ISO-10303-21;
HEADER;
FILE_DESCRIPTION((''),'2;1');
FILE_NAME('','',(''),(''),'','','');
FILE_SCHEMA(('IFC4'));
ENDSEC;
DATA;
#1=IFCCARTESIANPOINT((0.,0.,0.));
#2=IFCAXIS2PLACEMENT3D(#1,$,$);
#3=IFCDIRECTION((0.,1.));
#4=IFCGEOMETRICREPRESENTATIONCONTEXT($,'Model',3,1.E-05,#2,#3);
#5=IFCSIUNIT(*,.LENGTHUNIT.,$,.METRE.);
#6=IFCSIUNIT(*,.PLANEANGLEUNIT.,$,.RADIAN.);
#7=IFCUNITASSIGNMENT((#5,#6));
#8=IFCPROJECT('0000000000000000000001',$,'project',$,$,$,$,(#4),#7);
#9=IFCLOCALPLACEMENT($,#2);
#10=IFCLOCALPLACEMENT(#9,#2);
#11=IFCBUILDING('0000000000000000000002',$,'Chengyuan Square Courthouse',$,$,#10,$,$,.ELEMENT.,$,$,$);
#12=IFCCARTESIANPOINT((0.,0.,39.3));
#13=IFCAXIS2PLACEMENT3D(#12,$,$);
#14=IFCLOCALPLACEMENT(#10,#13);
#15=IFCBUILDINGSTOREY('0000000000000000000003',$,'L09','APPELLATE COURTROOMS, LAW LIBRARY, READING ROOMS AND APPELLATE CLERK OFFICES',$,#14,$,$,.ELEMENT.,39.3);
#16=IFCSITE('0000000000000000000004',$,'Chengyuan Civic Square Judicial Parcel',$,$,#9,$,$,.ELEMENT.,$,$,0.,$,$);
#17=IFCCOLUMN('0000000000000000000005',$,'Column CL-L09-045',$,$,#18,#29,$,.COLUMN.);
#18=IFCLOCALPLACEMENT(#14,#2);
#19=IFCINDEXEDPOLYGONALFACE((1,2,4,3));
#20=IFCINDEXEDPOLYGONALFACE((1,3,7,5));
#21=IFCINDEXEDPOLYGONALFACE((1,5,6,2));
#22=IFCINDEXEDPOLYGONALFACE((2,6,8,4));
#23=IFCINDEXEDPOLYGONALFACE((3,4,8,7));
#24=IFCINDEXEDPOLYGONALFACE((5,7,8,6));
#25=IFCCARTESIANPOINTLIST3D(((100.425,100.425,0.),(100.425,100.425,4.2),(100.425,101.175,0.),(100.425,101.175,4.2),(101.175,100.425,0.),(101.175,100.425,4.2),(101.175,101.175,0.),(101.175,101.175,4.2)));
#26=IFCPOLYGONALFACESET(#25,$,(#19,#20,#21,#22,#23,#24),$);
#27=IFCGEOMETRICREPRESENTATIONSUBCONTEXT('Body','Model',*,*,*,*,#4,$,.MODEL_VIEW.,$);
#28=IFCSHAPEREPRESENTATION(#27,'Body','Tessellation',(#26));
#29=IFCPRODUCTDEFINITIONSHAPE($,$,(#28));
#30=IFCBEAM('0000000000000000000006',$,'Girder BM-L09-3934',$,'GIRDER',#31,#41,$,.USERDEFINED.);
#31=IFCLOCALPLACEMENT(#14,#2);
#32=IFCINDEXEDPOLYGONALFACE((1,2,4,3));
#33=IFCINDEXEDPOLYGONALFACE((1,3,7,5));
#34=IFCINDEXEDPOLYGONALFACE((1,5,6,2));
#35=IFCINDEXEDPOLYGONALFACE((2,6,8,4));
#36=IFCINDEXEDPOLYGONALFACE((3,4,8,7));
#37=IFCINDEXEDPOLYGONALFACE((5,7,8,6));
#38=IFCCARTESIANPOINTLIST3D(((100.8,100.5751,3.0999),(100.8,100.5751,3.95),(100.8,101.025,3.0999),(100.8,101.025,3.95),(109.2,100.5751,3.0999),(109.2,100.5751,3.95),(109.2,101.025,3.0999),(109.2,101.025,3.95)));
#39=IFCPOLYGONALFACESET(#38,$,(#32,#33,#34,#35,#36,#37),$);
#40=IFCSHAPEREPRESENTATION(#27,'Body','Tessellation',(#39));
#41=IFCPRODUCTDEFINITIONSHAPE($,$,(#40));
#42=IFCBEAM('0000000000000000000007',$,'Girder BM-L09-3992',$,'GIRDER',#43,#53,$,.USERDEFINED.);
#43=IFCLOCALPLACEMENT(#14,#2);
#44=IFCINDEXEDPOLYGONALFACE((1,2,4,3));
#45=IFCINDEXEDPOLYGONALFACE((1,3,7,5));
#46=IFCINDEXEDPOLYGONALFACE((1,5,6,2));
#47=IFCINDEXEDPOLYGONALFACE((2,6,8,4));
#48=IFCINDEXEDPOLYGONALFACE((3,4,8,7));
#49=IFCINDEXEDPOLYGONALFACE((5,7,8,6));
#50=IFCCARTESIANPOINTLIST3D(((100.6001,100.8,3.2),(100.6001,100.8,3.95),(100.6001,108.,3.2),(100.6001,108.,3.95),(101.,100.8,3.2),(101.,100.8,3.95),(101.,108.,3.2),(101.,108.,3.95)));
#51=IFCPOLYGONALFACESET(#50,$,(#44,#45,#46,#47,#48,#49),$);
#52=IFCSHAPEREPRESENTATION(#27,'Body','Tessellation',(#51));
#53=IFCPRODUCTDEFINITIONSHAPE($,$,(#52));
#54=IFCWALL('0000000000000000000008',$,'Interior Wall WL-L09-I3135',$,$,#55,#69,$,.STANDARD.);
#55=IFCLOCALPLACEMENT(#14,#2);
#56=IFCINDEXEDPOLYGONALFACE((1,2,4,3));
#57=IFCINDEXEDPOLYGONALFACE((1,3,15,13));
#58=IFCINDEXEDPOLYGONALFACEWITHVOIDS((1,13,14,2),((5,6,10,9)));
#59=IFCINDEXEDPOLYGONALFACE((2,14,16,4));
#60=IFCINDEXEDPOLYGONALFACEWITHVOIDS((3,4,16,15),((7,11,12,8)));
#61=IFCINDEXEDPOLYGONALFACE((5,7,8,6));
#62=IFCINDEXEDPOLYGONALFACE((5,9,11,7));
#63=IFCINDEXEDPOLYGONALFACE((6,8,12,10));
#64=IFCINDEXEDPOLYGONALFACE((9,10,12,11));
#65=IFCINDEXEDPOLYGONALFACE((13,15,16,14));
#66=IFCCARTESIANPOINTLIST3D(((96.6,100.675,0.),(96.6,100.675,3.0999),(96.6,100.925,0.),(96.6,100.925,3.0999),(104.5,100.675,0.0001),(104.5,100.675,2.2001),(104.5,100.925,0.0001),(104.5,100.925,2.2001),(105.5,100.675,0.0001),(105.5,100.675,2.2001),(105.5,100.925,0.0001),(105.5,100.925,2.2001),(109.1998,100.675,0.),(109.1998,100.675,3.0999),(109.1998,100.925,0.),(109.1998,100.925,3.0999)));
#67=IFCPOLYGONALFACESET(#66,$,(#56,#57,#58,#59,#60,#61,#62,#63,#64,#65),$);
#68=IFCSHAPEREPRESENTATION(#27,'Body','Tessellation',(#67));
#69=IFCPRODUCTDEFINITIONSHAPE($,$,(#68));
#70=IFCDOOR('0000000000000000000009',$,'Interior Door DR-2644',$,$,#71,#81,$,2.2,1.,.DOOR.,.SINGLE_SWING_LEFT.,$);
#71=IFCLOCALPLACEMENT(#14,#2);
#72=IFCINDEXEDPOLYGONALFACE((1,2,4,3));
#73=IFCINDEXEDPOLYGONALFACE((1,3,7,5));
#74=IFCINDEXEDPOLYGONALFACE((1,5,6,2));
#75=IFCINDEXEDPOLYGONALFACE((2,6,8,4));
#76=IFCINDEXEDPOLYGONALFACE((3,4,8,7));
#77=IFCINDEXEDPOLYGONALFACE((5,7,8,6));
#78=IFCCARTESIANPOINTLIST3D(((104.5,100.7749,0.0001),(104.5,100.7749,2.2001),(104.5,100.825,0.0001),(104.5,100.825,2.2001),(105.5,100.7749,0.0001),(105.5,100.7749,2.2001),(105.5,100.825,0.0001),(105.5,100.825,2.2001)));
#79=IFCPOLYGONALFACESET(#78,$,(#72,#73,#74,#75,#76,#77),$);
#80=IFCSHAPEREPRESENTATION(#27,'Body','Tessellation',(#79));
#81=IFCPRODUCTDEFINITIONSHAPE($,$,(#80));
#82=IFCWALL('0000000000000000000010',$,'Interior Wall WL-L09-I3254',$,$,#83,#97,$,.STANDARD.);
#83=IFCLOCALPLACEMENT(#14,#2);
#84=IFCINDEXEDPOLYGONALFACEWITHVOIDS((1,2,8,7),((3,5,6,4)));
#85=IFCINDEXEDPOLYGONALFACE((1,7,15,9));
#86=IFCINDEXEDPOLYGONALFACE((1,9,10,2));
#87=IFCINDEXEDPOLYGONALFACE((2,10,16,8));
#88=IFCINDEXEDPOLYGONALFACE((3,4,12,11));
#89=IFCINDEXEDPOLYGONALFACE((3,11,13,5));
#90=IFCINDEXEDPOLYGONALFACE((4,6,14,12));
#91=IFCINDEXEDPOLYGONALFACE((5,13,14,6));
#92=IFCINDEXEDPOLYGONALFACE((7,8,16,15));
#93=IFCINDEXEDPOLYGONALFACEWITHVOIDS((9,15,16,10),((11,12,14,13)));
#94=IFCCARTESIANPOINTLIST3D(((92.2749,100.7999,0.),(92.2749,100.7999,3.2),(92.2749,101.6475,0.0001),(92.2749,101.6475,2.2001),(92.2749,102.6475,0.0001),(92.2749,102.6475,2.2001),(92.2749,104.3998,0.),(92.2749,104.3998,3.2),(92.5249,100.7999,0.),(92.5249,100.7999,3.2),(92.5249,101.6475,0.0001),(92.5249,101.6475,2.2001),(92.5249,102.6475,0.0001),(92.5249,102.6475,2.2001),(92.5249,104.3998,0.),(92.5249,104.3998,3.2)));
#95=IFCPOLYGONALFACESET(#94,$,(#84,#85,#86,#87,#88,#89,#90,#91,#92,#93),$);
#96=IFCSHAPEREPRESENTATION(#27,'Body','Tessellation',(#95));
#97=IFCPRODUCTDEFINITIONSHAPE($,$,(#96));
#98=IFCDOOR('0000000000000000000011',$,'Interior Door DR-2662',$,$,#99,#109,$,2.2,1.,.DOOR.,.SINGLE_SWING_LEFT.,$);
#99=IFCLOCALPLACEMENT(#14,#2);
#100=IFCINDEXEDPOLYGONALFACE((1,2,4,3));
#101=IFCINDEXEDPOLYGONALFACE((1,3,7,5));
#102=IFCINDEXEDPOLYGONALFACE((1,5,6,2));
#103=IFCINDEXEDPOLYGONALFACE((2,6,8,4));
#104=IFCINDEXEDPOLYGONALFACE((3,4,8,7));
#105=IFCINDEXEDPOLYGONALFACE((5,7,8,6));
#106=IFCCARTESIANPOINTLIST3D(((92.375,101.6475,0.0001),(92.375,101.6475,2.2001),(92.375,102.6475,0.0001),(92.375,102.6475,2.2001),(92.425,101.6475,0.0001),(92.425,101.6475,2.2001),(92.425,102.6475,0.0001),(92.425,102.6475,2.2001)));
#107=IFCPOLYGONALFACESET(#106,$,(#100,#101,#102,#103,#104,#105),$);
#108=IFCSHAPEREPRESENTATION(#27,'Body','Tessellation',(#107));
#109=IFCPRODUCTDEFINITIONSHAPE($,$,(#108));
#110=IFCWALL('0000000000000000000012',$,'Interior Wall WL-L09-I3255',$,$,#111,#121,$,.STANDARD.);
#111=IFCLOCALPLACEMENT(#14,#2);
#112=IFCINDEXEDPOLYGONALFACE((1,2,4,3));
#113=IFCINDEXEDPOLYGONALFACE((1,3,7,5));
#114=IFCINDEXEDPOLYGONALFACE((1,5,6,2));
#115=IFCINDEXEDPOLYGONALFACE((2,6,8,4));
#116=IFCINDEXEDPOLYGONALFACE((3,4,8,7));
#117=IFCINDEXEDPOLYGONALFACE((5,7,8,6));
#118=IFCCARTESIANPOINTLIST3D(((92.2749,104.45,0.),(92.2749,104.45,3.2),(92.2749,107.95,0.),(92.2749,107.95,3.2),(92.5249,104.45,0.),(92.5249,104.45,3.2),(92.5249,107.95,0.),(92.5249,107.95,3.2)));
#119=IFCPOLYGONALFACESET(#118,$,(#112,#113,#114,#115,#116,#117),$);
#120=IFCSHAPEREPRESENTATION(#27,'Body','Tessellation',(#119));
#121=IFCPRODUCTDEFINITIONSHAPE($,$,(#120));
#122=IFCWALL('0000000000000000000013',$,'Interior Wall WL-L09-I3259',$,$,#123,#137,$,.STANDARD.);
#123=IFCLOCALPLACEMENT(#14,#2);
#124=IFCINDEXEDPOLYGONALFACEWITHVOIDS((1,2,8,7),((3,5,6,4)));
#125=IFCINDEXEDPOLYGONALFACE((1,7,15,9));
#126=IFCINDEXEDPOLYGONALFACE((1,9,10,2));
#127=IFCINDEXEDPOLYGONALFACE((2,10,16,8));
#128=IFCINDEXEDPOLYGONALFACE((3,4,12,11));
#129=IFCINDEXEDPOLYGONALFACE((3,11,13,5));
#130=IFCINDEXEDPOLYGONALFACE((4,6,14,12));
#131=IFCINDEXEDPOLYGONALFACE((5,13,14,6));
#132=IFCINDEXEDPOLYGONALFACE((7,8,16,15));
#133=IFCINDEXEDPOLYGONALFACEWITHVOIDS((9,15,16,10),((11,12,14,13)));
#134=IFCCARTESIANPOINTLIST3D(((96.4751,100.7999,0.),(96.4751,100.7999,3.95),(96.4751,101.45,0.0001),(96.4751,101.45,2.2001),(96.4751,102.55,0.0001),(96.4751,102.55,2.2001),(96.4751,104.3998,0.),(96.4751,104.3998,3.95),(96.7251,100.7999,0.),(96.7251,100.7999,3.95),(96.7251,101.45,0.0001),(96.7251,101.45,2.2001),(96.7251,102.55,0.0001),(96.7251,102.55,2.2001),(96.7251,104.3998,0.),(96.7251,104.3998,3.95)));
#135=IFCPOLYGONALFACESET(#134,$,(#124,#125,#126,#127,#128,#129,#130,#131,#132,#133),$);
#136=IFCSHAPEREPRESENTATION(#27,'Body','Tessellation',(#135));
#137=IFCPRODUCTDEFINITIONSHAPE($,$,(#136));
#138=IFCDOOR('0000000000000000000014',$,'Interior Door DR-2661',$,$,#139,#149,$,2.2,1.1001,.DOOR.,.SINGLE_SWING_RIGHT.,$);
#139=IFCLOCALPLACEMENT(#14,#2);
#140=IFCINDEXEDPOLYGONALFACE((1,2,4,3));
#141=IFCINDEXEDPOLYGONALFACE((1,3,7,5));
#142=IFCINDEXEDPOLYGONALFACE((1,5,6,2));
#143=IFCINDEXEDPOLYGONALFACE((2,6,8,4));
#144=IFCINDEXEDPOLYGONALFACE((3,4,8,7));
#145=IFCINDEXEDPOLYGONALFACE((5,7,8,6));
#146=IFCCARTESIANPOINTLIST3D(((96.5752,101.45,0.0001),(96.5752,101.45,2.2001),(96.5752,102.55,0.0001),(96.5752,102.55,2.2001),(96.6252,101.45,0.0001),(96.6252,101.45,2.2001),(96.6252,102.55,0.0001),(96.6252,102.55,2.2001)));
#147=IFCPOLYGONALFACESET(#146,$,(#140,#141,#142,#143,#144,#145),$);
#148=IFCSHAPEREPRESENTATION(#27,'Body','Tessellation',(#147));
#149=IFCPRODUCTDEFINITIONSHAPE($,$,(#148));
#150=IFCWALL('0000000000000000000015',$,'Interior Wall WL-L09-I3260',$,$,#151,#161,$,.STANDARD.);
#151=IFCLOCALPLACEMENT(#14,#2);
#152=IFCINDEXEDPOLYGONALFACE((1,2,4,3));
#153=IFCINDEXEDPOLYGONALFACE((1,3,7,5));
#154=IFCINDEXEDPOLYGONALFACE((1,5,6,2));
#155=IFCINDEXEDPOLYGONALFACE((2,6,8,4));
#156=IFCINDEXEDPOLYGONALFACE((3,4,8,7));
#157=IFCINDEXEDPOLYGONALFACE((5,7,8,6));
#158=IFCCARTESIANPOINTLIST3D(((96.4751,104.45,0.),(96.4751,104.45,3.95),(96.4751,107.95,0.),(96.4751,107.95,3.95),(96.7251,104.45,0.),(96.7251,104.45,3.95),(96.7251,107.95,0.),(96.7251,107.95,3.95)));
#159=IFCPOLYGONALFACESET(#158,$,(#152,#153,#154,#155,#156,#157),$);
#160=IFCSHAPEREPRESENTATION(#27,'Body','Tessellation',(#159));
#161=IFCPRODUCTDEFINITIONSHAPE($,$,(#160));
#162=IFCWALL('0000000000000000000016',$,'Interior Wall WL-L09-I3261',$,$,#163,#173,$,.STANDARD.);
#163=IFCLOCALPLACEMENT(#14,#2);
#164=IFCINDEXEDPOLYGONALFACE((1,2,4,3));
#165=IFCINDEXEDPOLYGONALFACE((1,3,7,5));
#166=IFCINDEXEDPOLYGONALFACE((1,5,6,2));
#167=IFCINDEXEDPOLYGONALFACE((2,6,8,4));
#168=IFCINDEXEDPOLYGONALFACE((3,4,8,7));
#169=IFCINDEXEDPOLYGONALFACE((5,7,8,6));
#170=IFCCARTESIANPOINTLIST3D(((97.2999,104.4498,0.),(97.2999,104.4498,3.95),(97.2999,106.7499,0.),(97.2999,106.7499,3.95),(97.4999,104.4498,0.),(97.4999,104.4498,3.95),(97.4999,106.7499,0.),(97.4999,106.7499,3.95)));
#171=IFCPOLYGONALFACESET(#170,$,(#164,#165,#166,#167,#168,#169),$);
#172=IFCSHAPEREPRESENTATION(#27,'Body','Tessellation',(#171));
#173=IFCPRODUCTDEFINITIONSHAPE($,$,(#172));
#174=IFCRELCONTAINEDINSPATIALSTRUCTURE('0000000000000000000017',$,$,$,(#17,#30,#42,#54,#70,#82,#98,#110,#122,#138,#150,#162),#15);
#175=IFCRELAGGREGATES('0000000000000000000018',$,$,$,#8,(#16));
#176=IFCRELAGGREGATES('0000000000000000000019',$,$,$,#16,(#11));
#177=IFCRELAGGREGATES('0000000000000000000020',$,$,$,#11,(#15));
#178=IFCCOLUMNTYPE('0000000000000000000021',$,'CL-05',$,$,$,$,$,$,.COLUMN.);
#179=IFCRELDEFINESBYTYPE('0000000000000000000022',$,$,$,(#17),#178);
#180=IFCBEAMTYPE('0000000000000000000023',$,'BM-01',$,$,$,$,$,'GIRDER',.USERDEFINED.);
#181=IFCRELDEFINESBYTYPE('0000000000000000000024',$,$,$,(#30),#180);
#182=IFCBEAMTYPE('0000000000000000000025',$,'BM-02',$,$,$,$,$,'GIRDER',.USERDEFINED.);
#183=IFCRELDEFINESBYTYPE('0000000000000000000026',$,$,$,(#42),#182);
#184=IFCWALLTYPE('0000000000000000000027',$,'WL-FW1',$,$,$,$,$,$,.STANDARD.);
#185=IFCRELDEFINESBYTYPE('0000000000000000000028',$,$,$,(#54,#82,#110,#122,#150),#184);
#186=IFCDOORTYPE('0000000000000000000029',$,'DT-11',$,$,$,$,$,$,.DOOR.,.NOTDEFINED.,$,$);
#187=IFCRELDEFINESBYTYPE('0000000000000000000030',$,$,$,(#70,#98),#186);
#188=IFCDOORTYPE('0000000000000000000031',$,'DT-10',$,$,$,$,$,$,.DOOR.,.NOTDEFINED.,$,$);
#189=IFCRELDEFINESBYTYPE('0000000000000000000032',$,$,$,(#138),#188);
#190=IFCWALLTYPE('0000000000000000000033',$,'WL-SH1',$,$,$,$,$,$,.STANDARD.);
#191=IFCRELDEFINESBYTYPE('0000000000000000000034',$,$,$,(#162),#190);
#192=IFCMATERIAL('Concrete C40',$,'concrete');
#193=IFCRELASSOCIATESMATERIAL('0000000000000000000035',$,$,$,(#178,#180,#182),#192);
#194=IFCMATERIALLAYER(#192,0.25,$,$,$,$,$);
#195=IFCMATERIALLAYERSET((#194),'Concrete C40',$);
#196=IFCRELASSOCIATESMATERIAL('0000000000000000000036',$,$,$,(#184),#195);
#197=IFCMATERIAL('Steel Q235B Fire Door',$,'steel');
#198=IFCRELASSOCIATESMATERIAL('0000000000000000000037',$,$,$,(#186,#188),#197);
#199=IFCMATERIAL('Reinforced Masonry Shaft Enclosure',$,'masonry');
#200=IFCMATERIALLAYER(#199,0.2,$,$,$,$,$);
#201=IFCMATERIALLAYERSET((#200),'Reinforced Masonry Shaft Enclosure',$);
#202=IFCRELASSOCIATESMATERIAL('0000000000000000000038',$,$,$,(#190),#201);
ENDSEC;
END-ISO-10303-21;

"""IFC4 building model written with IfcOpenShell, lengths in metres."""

from ifc_helpers import new_model, si_unit, direction, frame, frame_2d, origin, origin_2d, place, context, subcontext, project, spatial, rectangle, extrude, material, layer, layer_set, material_profile, profile_set, type_object, element, fill, save


model = new_model("IFC4")

# Units and contexts
model_context = context("Model", 3, precision=1e-05, world=origin(), true_north=direction((0.0, 1.0)))
body_context = subcontext(model_context, "Body", "Model", "MODEL_VIEW")
ifc_project = project(units=[si_unit("LENGTHUNIT", "METRE"), si_unit("PLANEANGLEUNIT", "RADIAN")], contexts=[model_context])

# Site, building, storey
site_placement = place(None, origin())
site = spatial("IfcSite", under=ifc_project, at=site_placement, Name="Chengyuan Civic Square Judicial Parcel", CompositionType="ELEMENT", RefElevation=0.0)
building_placement = place(site_placement, origin())
building = spatial("IfcBuilding", under=site, at=building_placement, Name="Chengyuan Square Courthouse", CompositionType="ELEMENT")
storey_placement = place(building_placement, frame((0.0, 0.0, 39.3)))
storey = spatial("IfcBuildingStorey", under=building, at=storey_placement, Name="L09", Description="APPELLATE COURTROOMS, LAW LIBRARY, READING ROOMS AND APPELLATE CLERK OFFICES", CompositionType="ELEMENT", Elevation=39.3)

# Column
ifc_material_1 = material(Name="Concrete C40", Category="concrete")
ifc_material_profile_1 = material_profile(ifc_material_1, rectangle(XDim=0.75, YDim=0.75, at=origin_2d()), Name="RC-COL-750x750")
ifc_profile_set_1 = profile_set([ifc_material_profile_1], Name="Concrete C40")
column_type = type_object("IfcColumnType", Name="CL-05", PredefinedType="COLUMN", material=ifc_profile_set_1)
column_placement = place(storey_placement, frame((100.8, 100.8, 0.0), z_axis=(0.0, 0.0, 1.0), x_axis=(1.0, 0.0, 0.0)))
element("IfcColumn", 1, at=column_placement, inside=storey, type_object=column_type, Name="Column CL-L09-045", PredefinedType="COLUMN", context=body_context, shape_type="SweptSolid", body=[
    extrude(rectangle(XDim=0.75, YDim=0.75, at=origin_2d()), origin(), (0.0, 0.0, 1.0), 4.2),
])

# Beams
ifc_material_profile_2 = material_profile(ifc_material_1, rectangle(XDim=0.45, YDim=0.8501, at=origin_2d()), Name="RC-BM-450x850")
ifc_profile_set_2 = profile_set([ifc_material_profile_2], Name="Concrete C40")
beam_type_1 = type_object("IfcBeamType", Name="BM-01", ElementType="GIRDER", PredefinedType="USERDEFINED", material=ifc_profile_set_2)
beam_1_placement = place(storey_placement, frame((100.8, 100.8, 3.5249), z_axis=(1.0, 0.0, 0.0), x_axis=(0.0, 1.0, 0.0)))
element("IfcBeam", 2, at=beam_1_placement, inside=storey, type_object=beam_type_1, Name="Girder BM-L09-3934", ObjectType="GIRDER", PredefinedType="USERDEFINED", context=body_context, shape_type="SweptSolid", body=[
    extrude(rectangle(XDim=0.45, YDim=0.8501, at=origin_2d()), origin(), (0.0, 0.0, 1.0), 8.3999),
])
ifc_material_profile_3 = material_profile(ifc_material_1, rectangle(XDim=0.3999, YDim=0.75, at=origin_2d()), Name="RC-BM-400x750")
ifc_profile_set_3 = profile_set([ifc_material_profile_3], Name="Concrete C40")
beam_type_2 = type_object("IfcBeamType", Name="BM-02", ElementType="GIRDER", PredefinedType="USERDEFINED", material=ifc_profile_set_3)
beam_2_placement = place(storey_placement, frame((100.8, 100.8, 3.575), z_axis=(0.0, 1.0, 0.0), x_axis=(-1.0, 0.0, 0.0)))
element("IfcBeam", 3, at=beam_2_placement, inside=storey, type_object=beam_type_2, Name="Girder BM-L09-3992", ObjectType="GIRDER", PredefinedType="USERDEFINED", context=body_context, shape_type="SweptSolid", body=[
    extrude(rectangle(XDim=0.3999, YDim=0.75, at=origin_2d()), origin(), (0.0, 0.0, 1.0), 7.2),
])

# Walls, openings, doors
ifc_layer_1 = layer(ifc_material_1, 0.25)
ifc_layer_set_1 = layer_set([ifc_layer_1], Name="Concrete C40")
wall_type_1 = type_object("IfcWallType", Name="WL-FW1", PredefinedType="STANDARD", material=ifc_layer_set_1)
wall_1_placement = place(storey_placement, frame((96.6001, 100.8, 0.0), z_axis=(0.0, 0.0, 1.0), x_axis=(1.0, 0.0, 0.0)))
wall_1 = element("IfcWall", 4, at=wall_1_placement, inside=storey, type_object=wall_type_1, Name="Interior Wall WL-L09-I3135", PredefinedType="STANDARD", context=body_context, shape_type="SweptSolid", body=[
    extrude(rectangle(XDim=12.5999, YDim=0.25, at=frame_2d((6.2998, 0.0))), origin(), (0.0, 0.0, 1.0), 3.0999),
])
opening_1_placement = place(wall_1_placement, frame((7.8999, 0.0, 0.0)))
opening_1 = element("IfcOpeningElement", 5, at=opening_1_placement, cuts=wall_1, PredefinedType="OPENING", context=body_context, shape_type="SweptSolid", body=[
    extrude(rectangle(XDim=1.0, YDim=2.2, at=frame_2d((0.5, 1.1001))), frame((0.0, 0.137, 0.0), z_axis=(0.0, -1.0, 0.0), x_axis=(1.0, 0.0, 0.0)), (0.0, 0.0, 1.0), 0.2739),
])
ifc_material_2 = material(Name="Steel Q235B Fire Door", Category="steel")
door_type_1 = type_object("IfcDoorType", Name="DT-11", OperationType="NOTDEFINED", PredefinedType="DOOR", material=ifc_material_2)
door_1_placement = place(opening_1_placement, origin())
door_1 = element("IfcDoor", 6, at=door_1_placement, inside=storey, type_object=door_type_1, Name="Interior Door DR-2644", OperationType="SINGLE_SWING_LEFT", OverallHeight=2.2, OverallWidth=1.0, PredefinedType="DOOR", context=body_context, shape_type="SweptSolid", body=[
    extrude(rectangle(XDim=1.0, YDim=2.2, at=frame_2d((0.5, 1.1001))), frame((0.0, 0.0249, 0.0), z_axis=(0.0, -1.0, 0.0), x_axis=(1.0, 0.0, 0.0)), (0.0, 0.0, 1.0), 0.05),
])
fill(opening_1, door_1)
wall_2_placement = place(storey_placement, frame((92.3999, 100.8, 0.0), z_axis=(0.0, 0.0, 1.0), x_axis=(0.0, 1.0, 0.0)))
wall_2 = element("IfcWall", 7, at=wall_2_placement, inside=storey, type_object=wall_type_1, Name="Interior Wall WL-L09-I3254", PredefinedType="STANDARD", context=body_context, shape_type="SweptSolid", body=[
    extrude(rectangle(XDim=3.5999, YDim=0.25, at=frame_2d((1.7998, 0.0))), origin(), (0.0, 0.0, 1.0), 3.2),
])
opening_2_placement = place(wall_2_placement, frame((0.8474, 0.0, 0.0)))
opening_2 = element("IfcOpeningElement", 8, at=opening_2_placement, cuts=wall_2, PredefinedType="OPENING", context=body_context, shape_type="SweptSolid", body=[
    extrude(rectangle(XDim=1.0, YDim=2.2, at=frame_2d((0.5, 1.1001))), frame((0.0, 0.137, 0.0), z_axis=(0.0, -1.0, 0.0), x_axis=(1.0, 0.0, 0.0)), (0.0, 0.0, 1.0), 0.2739),
])
door_2_placement = place(opening_2_placement, origin())
door_2 = element("IfcDoor", 9, at=door_2_placement, inside=storey, type_object=door_type_1, Name="Interior Door DR-2662", OperationType="SINGLE_SWING_LEFT", OverallHeight=2.2, OverallWidth=1.0, PredefinedType="DOOR", context=body_context, shape_type="SweptSolid", body=[
    extrude(rectangle(XDim=1.0, YDim=2.2, at=frame_2d((0.5, 1.1001))), frame((0.0, 0.0249, 0.0), z_axis=(0.0, -1.0, 0.0), x_axis=(1.0, 0.0, 0.0)), (0.0, 0.0, 1.0), 0.05),
])
fill(opening_2, door_2)

# Wall
wall_3_placement = place(storey_placement, frame((92.3999, 104.45, 0.0), z_axis=(0.0, 0.0, 1.0), x_axis=(0.0, 1.0, 0.0)))
element("IfcWall", 10, at=wall_3_placement, inside=storey, type_object=wall_type_1, Name="Interior Wall WL-L09-I3255", PredefinedType="STANDARD", context=body_context, shape_type="SweptSolid", body=[
    extrude(rectangle(XDim=3.5, YDim=0.25, at=frame_2d((1.75, 0.0))), origin(), (0.0, 0.0, 1.0), 3.2),
])

# Wall, opening, door
wall_4_placement = place(storey_placement, frame((96.6001, 100.8, 0.0), z_axis=(0.0, 0.0, 1.0), x_axis=(0.0, 1.0, 0.0)))
wall_4 = element("IfcWall", 11, at=wall_4_placement, inside=storey, type_object=wall_type_1, Name="Interior Wall WL-L09-I3259", PredefinedType="STANDARD", context=body_context, shape_type="SweptSolid", body=[
    extrude(rectangle(XDim=3.5999, YDim=0.25, at=frame_2d((1.7998, 0.0))), origin(), (0.0, 0.0, 1.0), 3.95),
])
opening_3_placement = place(wall_4_placement, frame((0.6499, 0.0, 0.0)))
opening_3 = element("IfcOpeningElement", 12, at=opening_3_placement, cuts=wall_4, PredefinedType="OPENING", context=body_context, shape_type="SweptSolid", body=[
    extrude(rectangle(XDim=1.1001, YDim=2.2, at=frame_2d((0.55, 1.1001))), frame((0.0, 0.137, 0.0), z_axis=(0.0, -1.0, 0.0), x_axis=(1.0, 0.0, 0.0)), (0.0, 0.0, 1.0), 0.2739),
])
door_type_2 = type_object("IfcDoorType", Name="DT-10", OperationType="NOTDEFINED", PredefinedType="DOOR", material=ifc_material_2)
door_3_placement = place(opening_3_placement, origin())
door_3 = element("IfcDoor", 13, at=door_3_placement, inside=storey, type_object=door_type_2, Name="Interior Door DR-2661", OperationType="SINGLE_SWING_RIGHT", OverallHeight=2.2, OverallWidth=1.1001, PredefinedType="DOOR", context=body_context, shape_type="SweptSolid", body=[
    extrude(rectangle(XDim=1.1001, YDim=2.2, at=frame_2d((0.55, 1.1001))), frame((0.0, 0.0249, 0.0), z_axis=(0.0, -1.0, 0.0), x_axis=(1.0, 0.0, 0.0)), (0.0, 0.0, 1.0), 0.05),
])
fill(opening_3, door_3)

# Wall
wall_5_placement = place(storey_placement, frame((96.6001, 104.45, 0.0), z_axis=(0.0, 0.0, 1.0), x_axis=(0.0, 1.0, 0.0)))
element("IfcWall", 14, at=wall_5_placement, inside=storey, type_object=wall_type_1, Name="Interior Wall WL-L09-I3260", PredefinedType="STANDARD", context=body_context, shape_type="SweptSolid", body=[
    extrude(rectangle(XDim=3.5, YDim=0.25, at=frame_2d((1.75, 0.0))), origin(), (0.0, 0.0, 1.0), 3.95),
])

# Shared definitions
ifc_material_3 = material(Name="Reinforced Masonry Shaft Enclosure", Category="masonry")
ifc_layer_2 = layer(ifc_material_3, 0.2)
ifc_layer_set_2 = layer_set([ifc_layer_2], Name="Reinforced Masonry Shaft Enclosure")
wall_type_2 = type_object("IfcWallType", Name="WL-SH1", PredefinedType="STANDARD", material=ifc_layer_set_2)

# Wall
for number, where, z_axis, x_axis, name in (
    (15, (97.3999, 104.45, 0.0), (0.0, 0.0, 1.0), (0.0, 1.0, 0.0), "Interior Wall WL-L09-I3261"),
):
    element("IfcWall", number, at=place(storey_placement, frame(where, z_axis=z_axis, x_axis=x_axis)), inside=storey, type_object=wall_type_2, Name=name, PredefinedType="STANDARD", context=body_context, shape_type="SweptSolid", body=[
        extrude(rectangle(XDim=2.3, YDim=0.2, at=frame_2d((1.1499, 0.0))), origin(), (0.0, 0.0, 1.0), 3.95),
    ])

save(model, "model.ifc")
